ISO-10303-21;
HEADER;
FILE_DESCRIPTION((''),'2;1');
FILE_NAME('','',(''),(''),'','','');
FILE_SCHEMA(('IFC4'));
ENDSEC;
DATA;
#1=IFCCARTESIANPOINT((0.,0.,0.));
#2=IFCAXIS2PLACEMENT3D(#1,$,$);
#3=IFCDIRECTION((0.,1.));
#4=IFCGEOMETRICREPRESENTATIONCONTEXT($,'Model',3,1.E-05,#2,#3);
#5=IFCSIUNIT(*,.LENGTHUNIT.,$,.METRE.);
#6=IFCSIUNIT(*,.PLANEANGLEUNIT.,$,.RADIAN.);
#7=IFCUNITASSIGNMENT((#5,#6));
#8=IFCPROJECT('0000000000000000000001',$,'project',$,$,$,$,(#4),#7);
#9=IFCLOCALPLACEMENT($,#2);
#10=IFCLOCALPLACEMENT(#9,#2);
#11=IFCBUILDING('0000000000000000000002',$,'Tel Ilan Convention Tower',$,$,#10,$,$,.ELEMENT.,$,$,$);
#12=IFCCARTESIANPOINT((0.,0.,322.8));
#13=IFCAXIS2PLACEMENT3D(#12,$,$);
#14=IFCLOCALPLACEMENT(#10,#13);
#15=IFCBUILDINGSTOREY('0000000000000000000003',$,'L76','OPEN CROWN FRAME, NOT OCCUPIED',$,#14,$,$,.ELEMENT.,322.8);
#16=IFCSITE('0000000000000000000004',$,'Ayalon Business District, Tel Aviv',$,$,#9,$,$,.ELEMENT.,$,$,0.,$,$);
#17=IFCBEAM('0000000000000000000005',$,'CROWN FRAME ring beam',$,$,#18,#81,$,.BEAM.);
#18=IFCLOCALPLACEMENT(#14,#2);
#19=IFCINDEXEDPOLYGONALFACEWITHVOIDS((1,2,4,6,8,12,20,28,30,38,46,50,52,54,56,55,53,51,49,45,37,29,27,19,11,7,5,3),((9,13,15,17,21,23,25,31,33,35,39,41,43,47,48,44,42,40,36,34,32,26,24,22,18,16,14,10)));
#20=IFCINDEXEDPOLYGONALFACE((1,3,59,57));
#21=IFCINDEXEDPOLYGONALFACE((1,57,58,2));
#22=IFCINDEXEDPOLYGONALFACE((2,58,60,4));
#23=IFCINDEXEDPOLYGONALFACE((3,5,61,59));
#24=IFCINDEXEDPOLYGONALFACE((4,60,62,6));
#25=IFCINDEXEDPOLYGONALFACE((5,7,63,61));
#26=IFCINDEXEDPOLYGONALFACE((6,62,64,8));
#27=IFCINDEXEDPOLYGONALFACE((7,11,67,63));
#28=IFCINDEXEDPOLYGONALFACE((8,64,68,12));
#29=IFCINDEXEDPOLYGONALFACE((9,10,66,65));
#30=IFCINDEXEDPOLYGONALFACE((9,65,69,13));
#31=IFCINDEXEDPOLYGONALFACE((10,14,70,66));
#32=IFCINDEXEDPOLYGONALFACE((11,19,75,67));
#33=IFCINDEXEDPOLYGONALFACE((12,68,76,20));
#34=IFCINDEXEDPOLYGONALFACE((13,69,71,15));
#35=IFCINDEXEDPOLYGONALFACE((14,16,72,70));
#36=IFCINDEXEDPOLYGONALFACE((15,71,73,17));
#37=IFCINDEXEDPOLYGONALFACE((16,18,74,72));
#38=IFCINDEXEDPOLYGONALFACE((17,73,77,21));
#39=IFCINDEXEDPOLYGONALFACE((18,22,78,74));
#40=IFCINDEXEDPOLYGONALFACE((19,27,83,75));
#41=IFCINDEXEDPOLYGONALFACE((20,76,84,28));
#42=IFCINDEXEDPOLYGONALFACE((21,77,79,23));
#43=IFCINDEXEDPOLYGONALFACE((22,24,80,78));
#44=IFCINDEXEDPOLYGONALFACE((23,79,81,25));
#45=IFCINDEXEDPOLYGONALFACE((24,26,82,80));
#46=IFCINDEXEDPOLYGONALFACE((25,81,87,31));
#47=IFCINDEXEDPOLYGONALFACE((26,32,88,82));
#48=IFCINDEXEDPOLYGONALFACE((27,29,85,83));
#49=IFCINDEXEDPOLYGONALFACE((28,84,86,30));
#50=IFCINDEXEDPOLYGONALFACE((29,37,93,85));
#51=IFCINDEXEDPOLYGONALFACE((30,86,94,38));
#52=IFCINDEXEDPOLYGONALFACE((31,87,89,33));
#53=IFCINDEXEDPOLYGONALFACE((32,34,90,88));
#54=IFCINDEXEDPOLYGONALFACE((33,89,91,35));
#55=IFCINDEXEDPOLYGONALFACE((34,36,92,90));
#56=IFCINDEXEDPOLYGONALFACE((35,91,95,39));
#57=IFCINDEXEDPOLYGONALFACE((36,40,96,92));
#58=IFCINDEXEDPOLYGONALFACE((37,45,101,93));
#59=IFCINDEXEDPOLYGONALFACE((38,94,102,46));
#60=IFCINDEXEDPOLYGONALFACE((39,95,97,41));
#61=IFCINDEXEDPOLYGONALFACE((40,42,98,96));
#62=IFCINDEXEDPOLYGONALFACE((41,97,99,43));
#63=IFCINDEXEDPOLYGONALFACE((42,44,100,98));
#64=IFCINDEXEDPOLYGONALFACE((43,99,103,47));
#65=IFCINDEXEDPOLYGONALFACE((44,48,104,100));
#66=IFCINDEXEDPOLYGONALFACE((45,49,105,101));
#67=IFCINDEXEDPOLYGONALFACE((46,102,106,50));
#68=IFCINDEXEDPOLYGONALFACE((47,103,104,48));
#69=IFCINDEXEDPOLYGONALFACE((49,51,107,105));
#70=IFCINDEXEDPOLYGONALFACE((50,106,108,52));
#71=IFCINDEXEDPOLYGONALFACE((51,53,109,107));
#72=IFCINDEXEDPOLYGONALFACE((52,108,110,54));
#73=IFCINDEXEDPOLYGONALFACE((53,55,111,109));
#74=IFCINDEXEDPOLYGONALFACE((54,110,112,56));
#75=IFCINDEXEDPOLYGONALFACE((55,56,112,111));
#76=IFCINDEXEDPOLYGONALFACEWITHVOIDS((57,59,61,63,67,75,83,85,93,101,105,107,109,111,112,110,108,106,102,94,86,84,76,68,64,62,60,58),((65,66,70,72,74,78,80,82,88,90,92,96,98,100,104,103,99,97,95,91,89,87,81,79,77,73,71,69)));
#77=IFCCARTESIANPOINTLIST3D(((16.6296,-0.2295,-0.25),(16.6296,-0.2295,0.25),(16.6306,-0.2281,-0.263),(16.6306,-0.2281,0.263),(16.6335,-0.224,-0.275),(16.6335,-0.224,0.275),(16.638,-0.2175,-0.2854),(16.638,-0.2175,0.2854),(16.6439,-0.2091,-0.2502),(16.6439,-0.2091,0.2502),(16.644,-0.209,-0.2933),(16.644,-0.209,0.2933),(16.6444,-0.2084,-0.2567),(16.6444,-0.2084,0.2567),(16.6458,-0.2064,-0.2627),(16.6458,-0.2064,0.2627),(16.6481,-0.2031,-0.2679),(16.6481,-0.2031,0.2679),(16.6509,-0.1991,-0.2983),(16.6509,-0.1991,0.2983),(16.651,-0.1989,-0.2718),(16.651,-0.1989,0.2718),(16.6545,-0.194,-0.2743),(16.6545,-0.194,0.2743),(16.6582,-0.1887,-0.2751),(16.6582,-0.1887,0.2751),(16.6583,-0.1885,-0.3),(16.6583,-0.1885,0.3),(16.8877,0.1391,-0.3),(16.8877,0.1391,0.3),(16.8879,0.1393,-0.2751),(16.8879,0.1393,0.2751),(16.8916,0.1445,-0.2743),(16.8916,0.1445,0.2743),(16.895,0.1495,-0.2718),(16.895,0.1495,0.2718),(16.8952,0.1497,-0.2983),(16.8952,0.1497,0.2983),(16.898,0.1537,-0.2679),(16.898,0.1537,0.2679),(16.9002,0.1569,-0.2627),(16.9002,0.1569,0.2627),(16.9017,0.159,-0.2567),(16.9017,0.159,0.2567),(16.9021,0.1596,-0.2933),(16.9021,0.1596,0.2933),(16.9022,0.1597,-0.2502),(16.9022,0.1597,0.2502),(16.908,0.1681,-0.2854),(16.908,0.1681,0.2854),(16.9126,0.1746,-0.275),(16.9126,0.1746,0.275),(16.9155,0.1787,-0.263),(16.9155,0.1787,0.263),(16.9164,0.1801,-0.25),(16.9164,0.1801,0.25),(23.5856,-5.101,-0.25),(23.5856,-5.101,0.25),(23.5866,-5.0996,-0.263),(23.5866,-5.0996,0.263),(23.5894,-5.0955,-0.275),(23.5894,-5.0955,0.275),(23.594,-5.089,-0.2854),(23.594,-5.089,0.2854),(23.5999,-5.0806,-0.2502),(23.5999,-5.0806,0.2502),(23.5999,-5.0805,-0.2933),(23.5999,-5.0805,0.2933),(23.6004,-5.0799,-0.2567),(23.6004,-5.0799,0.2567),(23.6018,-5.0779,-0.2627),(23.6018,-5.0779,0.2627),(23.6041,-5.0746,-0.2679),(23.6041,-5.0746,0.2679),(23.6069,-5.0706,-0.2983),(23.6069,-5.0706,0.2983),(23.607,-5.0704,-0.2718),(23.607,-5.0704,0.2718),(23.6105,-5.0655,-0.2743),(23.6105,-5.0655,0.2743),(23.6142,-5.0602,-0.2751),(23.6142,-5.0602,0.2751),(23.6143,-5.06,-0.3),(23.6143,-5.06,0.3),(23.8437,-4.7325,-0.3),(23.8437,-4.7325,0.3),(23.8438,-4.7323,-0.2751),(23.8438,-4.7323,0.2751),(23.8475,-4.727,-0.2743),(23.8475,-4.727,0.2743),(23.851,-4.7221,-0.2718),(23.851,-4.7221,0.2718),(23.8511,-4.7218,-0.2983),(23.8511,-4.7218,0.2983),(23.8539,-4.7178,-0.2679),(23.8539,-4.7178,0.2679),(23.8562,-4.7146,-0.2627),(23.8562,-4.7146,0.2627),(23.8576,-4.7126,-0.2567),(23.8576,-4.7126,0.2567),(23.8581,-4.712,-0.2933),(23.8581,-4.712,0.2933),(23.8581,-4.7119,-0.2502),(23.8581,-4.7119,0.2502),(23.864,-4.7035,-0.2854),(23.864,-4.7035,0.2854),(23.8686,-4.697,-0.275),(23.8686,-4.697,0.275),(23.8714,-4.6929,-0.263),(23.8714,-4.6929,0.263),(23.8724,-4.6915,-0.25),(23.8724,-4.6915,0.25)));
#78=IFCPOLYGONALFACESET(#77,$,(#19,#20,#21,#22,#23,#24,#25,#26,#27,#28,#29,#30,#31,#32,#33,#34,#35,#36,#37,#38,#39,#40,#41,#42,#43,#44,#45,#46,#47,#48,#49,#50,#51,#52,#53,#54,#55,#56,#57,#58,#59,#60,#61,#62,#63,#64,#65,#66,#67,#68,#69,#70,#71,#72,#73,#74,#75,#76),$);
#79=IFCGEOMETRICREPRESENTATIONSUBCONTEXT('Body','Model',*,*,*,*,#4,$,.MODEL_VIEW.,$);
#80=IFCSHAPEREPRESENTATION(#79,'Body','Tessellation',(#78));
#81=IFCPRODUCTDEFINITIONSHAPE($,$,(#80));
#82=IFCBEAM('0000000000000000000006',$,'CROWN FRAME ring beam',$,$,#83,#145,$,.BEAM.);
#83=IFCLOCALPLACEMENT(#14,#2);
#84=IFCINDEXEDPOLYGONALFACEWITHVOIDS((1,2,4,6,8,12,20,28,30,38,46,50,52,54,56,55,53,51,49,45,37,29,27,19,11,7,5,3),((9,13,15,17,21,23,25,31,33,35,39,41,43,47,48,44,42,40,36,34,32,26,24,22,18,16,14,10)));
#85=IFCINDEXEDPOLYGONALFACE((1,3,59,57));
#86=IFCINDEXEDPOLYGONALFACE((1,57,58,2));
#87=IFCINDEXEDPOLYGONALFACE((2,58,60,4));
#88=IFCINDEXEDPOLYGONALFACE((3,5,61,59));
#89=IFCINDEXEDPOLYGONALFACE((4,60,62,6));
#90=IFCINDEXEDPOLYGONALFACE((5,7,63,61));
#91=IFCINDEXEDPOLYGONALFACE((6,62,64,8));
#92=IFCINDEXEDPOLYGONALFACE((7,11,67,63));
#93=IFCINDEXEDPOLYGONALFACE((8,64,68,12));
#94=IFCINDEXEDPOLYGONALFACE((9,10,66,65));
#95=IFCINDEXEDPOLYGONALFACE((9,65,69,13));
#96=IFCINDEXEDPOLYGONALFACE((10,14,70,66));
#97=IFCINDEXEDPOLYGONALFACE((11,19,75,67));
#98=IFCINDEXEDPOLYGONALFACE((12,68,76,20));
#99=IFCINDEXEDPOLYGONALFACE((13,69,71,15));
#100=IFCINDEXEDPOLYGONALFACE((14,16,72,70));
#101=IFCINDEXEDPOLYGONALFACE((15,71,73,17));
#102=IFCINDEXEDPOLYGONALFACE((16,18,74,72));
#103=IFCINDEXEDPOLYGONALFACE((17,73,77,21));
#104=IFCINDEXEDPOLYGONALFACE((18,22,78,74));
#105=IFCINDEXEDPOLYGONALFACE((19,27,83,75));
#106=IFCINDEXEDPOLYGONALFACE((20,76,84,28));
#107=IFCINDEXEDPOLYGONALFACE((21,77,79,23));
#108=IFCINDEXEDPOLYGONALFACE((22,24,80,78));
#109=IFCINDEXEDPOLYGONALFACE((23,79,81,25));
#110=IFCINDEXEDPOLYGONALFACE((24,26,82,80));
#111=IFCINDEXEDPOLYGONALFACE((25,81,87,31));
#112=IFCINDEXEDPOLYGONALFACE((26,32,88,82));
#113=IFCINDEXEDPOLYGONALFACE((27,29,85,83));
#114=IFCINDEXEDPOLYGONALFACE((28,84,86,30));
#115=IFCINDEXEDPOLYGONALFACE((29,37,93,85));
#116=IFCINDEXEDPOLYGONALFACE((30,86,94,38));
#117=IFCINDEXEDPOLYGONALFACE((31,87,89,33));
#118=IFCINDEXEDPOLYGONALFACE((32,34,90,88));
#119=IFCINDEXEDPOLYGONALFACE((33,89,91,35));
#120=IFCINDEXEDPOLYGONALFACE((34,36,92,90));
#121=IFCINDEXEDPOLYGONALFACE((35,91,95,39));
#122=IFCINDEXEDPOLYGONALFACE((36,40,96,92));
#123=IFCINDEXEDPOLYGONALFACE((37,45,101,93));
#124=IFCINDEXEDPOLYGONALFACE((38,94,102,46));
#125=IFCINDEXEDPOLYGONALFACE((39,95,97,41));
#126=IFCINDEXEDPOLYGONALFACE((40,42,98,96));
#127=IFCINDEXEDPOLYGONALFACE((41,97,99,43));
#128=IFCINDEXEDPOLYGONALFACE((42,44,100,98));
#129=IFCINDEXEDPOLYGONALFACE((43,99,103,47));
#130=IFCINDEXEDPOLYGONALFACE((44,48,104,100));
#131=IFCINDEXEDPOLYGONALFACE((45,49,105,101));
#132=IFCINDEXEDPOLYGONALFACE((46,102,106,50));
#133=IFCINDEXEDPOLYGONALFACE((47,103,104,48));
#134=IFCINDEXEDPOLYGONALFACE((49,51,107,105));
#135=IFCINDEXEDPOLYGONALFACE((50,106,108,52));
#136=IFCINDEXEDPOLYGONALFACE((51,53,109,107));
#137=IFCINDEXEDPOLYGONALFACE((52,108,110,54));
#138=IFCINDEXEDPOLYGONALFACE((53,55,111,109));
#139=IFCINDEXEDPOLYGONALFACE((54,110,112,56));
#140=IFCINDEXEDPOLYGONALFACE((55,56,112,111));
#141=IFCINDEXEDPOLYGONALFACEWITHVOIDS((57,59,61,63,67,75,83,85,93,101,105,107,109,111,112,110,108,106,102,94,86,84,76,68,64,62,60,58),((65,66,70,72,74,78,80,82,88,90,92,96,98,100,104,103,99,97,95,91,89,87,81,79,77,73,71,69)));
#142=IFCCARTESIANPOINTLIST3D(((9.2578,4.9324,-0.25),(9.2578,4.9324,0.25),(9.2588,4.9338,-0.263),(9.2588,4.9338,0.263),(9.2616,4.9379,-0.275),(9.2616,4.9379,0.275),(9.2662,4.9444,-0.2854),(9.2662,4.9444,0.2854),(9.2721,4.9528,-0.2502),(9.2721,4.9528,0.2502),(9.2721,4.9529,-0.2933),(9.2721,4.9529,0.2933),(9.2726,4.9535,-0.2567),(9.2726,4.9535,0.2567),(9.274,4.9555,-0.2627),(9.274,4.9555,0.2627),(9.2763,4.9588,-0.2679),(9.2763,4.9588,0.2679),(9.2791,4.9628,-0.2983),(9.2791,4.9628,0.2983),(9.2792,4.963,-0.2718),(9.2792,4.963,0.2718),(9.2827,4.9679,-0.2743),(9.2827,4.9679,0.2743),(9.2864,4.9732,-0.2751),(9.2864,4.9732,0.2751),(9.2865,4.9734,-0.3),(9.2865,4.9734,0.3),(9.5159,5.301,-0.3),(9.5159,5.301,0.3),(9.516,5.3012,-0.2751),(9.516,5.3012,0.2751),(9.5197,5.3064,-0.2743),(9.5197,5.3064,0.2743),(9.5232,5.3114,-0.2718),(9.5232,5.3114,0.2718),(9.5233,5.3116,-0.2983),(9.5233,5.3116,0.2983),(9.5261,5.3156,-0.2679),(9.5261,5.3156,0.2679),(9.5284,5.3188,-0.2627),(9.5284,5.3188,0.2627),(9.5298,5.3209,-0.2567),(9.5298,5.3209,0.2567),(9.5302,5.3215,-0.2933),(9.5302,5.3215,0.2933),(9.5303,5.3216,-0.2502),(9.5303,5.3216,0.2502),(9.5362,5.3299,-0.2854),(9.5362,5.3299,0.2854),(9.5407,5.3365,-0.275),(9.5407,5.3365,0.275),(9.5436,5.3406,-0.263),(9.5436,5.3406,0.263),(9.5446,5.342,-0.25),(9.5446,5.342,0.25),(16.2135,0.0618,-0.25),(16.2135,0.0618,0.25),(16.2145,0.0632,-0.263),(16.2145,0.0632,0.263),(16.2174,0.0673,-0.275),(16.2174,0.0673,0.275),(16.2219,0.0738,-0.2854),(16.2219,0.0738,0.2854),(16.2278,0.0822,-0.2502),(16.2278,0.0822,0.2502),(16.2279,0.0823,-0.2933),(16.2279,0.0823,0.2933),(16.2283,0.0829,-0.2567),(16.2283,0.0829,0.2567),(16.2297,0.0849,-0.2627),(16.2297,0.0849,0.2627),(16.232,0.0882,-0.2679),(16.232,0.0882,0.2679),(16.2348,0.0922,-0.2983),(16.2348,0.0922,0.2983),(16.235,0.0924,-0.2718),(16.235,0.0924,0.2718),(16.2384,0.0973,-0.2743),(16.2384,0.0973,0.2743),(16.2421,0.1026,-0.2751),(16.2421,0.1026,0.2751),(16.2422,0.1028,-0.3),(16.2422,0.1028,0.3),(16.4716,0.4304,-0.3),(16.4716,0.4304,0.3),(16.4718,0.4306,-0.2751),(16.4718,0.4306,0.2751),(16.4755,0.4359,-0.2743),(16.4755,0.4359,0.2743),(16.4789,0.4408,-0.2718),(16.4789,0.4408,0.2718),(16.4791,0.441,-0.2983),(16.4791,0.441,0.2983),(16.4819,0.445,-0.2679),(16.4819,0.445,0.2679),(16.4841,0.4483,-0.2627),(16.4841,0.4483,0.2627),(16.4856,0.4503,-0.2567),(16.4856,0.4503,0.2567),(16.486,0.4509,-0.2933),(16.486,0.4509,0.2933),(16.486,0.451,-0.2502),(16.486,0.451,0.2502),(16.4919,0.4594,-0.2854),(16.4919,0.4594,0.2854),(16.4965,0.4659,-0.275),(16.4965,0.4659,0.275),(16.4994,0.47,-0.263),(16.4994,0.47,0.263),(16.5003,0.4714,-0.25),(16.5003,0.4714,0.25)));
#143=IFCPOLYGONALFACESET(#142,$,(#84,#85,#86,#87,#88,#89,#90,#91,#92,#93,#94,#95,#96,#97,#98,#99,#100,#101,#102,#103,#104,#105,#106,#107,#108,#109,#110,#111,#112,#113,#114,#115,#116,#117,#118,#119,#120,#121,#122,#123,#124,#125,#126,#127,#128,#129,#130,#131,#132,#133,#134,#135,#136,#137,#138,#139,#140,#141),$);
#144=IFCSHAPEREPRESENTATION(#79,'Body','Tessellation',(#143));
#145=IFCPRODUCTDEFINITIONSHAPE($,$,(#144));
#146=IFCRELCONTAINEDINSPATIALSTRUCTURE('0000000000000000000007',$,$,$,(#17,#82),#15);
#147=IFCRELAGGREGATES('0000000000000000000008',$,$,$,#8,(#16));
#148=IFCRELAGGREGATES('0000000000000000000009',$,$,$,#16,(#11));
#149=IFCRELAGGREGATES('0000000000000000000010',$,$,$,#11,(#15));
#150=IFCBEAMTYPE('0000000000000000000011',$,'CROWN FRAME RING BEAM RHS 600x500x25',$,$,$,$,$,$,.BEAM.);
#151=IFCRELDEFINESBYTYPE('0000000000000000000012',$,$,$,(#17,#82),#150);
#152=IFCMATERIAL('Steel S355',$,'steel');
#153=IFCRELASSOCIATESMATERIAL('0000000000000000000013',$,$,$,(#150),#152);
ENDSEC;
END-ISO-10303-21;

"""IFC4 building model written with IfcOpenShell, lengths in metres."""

from ifc_helpers import new_model, si_unit, direction, frame, origin, origin_2d, place, context, subcontext, project, spatial, hollow_rectangle, extrude, material, material_profile, profile_set, type_object, element, save


model = new_model("IFC4")

# Units and contexts
model_context = context("Model", 3, precision=1e-05, world=origin(), true_north=direction((0.0, 1.0)))
body_context = subcontext(model_context, "Body", "Model", "MODEL_VIEW")
ifc_project = project(units=[si_unit("LENGTHUNIT", "METRE"), si_unit("PLANEANGLEUNIT", "RADIAN")], contexts=[model_context])

# Site, building, storey
site_placement = place(None, origin())
site = spatial("IfcSite", under=ifc_project, at=site_placement, Name="Ayalon Business District, Tel Aviv", CompositionType="ELEMENT", RefElevation=0.0)
building_placement = place(site_placement, origin())
building = spatial("IfcBuilding", under=site, at=building_placement, Name="Tel Ilan Convention Tower", CompositionType="ELEMENT")
storey_placement = place(building_placement, frame((0.0, 0.0, 322.8)))
storey = spatial("IfcBuildingStorey", under=building, at=storey_placement, Name="L76", Description="OPEN CROWN FRAME, NOT OCCUPIED", CompositionType="ELEMENT", Elevation=322.8)

# Beams
ifc_material_1 = material(Name="Steel S355", Category="steel")
ifc_material_profile_1 = material_profile(ifc_material_1, hollow_rectangle(XDim=0.5, YDim=0.6001, WallThickness=0.0249, InnerFilletRadius=0.0249, OuterFilletRadius=0.05, at=origin_2d()), Name="RHS 600x500x25")
ifc_profile_set_1 = profile_set([ifc_material_profile_1], Name="Steel S355")
beam_type = type_object("IfcBeamType", Name="CROWN FRAME RING BEAM RHS 600x500x25", PredefinedType="BEAM", material=ifc_profile_set_1)
beam_1_placement = place(storey_placement, frame((23.729, -4.8962, 0.0), z_axis=(-0.819102, 0.573648, 0.0), x_axis=(-0.573648, -0.819102, 0.0)))
element("IfcBeam", 1, at=beam_1_placement, inside=storey, type_object=beam_type, Name="CROWN FRAME ring beam", PredefinedType="BEAM", context=body_context, shape_type="SweptSolid", body=[
    extrude(hollow_rectangle(XDim=0.5, YDim=0.6001, WallThickness=0.0249, InnerFilletRadius=0.0249, OuterFilletRadius=0.05, at=origin_2d()), origin(), (0.0, 0.0, 1.0), 8.4922),
])
beam_2_placement = place(storey_placement, frame((16.3569, 0.2666, 0.0), z_axis=(-0.819147, 0.573584, 0.0), x_axis=(-0.573584, -0.819147, 0.0)))
element("IfcBeam", 2, at=beam_2_placement, inside=storey, type_object=beam_type, Name="CROWN FRAME ring beam", PredefinedType="BEAM", context=body_context, shape_type="SweptSolid", body=[
    extrude(hollow_rectangle(XDim=0.5, YDim=0.6001, WallThickness=0.0249, InnerFilletRadius=0.0249, OuterFilletRadius=0.05, at=origin_2d()), origin(), (0.0, 0.0, 1.0), 8.4915),
])

save(model, "model.ifc")
